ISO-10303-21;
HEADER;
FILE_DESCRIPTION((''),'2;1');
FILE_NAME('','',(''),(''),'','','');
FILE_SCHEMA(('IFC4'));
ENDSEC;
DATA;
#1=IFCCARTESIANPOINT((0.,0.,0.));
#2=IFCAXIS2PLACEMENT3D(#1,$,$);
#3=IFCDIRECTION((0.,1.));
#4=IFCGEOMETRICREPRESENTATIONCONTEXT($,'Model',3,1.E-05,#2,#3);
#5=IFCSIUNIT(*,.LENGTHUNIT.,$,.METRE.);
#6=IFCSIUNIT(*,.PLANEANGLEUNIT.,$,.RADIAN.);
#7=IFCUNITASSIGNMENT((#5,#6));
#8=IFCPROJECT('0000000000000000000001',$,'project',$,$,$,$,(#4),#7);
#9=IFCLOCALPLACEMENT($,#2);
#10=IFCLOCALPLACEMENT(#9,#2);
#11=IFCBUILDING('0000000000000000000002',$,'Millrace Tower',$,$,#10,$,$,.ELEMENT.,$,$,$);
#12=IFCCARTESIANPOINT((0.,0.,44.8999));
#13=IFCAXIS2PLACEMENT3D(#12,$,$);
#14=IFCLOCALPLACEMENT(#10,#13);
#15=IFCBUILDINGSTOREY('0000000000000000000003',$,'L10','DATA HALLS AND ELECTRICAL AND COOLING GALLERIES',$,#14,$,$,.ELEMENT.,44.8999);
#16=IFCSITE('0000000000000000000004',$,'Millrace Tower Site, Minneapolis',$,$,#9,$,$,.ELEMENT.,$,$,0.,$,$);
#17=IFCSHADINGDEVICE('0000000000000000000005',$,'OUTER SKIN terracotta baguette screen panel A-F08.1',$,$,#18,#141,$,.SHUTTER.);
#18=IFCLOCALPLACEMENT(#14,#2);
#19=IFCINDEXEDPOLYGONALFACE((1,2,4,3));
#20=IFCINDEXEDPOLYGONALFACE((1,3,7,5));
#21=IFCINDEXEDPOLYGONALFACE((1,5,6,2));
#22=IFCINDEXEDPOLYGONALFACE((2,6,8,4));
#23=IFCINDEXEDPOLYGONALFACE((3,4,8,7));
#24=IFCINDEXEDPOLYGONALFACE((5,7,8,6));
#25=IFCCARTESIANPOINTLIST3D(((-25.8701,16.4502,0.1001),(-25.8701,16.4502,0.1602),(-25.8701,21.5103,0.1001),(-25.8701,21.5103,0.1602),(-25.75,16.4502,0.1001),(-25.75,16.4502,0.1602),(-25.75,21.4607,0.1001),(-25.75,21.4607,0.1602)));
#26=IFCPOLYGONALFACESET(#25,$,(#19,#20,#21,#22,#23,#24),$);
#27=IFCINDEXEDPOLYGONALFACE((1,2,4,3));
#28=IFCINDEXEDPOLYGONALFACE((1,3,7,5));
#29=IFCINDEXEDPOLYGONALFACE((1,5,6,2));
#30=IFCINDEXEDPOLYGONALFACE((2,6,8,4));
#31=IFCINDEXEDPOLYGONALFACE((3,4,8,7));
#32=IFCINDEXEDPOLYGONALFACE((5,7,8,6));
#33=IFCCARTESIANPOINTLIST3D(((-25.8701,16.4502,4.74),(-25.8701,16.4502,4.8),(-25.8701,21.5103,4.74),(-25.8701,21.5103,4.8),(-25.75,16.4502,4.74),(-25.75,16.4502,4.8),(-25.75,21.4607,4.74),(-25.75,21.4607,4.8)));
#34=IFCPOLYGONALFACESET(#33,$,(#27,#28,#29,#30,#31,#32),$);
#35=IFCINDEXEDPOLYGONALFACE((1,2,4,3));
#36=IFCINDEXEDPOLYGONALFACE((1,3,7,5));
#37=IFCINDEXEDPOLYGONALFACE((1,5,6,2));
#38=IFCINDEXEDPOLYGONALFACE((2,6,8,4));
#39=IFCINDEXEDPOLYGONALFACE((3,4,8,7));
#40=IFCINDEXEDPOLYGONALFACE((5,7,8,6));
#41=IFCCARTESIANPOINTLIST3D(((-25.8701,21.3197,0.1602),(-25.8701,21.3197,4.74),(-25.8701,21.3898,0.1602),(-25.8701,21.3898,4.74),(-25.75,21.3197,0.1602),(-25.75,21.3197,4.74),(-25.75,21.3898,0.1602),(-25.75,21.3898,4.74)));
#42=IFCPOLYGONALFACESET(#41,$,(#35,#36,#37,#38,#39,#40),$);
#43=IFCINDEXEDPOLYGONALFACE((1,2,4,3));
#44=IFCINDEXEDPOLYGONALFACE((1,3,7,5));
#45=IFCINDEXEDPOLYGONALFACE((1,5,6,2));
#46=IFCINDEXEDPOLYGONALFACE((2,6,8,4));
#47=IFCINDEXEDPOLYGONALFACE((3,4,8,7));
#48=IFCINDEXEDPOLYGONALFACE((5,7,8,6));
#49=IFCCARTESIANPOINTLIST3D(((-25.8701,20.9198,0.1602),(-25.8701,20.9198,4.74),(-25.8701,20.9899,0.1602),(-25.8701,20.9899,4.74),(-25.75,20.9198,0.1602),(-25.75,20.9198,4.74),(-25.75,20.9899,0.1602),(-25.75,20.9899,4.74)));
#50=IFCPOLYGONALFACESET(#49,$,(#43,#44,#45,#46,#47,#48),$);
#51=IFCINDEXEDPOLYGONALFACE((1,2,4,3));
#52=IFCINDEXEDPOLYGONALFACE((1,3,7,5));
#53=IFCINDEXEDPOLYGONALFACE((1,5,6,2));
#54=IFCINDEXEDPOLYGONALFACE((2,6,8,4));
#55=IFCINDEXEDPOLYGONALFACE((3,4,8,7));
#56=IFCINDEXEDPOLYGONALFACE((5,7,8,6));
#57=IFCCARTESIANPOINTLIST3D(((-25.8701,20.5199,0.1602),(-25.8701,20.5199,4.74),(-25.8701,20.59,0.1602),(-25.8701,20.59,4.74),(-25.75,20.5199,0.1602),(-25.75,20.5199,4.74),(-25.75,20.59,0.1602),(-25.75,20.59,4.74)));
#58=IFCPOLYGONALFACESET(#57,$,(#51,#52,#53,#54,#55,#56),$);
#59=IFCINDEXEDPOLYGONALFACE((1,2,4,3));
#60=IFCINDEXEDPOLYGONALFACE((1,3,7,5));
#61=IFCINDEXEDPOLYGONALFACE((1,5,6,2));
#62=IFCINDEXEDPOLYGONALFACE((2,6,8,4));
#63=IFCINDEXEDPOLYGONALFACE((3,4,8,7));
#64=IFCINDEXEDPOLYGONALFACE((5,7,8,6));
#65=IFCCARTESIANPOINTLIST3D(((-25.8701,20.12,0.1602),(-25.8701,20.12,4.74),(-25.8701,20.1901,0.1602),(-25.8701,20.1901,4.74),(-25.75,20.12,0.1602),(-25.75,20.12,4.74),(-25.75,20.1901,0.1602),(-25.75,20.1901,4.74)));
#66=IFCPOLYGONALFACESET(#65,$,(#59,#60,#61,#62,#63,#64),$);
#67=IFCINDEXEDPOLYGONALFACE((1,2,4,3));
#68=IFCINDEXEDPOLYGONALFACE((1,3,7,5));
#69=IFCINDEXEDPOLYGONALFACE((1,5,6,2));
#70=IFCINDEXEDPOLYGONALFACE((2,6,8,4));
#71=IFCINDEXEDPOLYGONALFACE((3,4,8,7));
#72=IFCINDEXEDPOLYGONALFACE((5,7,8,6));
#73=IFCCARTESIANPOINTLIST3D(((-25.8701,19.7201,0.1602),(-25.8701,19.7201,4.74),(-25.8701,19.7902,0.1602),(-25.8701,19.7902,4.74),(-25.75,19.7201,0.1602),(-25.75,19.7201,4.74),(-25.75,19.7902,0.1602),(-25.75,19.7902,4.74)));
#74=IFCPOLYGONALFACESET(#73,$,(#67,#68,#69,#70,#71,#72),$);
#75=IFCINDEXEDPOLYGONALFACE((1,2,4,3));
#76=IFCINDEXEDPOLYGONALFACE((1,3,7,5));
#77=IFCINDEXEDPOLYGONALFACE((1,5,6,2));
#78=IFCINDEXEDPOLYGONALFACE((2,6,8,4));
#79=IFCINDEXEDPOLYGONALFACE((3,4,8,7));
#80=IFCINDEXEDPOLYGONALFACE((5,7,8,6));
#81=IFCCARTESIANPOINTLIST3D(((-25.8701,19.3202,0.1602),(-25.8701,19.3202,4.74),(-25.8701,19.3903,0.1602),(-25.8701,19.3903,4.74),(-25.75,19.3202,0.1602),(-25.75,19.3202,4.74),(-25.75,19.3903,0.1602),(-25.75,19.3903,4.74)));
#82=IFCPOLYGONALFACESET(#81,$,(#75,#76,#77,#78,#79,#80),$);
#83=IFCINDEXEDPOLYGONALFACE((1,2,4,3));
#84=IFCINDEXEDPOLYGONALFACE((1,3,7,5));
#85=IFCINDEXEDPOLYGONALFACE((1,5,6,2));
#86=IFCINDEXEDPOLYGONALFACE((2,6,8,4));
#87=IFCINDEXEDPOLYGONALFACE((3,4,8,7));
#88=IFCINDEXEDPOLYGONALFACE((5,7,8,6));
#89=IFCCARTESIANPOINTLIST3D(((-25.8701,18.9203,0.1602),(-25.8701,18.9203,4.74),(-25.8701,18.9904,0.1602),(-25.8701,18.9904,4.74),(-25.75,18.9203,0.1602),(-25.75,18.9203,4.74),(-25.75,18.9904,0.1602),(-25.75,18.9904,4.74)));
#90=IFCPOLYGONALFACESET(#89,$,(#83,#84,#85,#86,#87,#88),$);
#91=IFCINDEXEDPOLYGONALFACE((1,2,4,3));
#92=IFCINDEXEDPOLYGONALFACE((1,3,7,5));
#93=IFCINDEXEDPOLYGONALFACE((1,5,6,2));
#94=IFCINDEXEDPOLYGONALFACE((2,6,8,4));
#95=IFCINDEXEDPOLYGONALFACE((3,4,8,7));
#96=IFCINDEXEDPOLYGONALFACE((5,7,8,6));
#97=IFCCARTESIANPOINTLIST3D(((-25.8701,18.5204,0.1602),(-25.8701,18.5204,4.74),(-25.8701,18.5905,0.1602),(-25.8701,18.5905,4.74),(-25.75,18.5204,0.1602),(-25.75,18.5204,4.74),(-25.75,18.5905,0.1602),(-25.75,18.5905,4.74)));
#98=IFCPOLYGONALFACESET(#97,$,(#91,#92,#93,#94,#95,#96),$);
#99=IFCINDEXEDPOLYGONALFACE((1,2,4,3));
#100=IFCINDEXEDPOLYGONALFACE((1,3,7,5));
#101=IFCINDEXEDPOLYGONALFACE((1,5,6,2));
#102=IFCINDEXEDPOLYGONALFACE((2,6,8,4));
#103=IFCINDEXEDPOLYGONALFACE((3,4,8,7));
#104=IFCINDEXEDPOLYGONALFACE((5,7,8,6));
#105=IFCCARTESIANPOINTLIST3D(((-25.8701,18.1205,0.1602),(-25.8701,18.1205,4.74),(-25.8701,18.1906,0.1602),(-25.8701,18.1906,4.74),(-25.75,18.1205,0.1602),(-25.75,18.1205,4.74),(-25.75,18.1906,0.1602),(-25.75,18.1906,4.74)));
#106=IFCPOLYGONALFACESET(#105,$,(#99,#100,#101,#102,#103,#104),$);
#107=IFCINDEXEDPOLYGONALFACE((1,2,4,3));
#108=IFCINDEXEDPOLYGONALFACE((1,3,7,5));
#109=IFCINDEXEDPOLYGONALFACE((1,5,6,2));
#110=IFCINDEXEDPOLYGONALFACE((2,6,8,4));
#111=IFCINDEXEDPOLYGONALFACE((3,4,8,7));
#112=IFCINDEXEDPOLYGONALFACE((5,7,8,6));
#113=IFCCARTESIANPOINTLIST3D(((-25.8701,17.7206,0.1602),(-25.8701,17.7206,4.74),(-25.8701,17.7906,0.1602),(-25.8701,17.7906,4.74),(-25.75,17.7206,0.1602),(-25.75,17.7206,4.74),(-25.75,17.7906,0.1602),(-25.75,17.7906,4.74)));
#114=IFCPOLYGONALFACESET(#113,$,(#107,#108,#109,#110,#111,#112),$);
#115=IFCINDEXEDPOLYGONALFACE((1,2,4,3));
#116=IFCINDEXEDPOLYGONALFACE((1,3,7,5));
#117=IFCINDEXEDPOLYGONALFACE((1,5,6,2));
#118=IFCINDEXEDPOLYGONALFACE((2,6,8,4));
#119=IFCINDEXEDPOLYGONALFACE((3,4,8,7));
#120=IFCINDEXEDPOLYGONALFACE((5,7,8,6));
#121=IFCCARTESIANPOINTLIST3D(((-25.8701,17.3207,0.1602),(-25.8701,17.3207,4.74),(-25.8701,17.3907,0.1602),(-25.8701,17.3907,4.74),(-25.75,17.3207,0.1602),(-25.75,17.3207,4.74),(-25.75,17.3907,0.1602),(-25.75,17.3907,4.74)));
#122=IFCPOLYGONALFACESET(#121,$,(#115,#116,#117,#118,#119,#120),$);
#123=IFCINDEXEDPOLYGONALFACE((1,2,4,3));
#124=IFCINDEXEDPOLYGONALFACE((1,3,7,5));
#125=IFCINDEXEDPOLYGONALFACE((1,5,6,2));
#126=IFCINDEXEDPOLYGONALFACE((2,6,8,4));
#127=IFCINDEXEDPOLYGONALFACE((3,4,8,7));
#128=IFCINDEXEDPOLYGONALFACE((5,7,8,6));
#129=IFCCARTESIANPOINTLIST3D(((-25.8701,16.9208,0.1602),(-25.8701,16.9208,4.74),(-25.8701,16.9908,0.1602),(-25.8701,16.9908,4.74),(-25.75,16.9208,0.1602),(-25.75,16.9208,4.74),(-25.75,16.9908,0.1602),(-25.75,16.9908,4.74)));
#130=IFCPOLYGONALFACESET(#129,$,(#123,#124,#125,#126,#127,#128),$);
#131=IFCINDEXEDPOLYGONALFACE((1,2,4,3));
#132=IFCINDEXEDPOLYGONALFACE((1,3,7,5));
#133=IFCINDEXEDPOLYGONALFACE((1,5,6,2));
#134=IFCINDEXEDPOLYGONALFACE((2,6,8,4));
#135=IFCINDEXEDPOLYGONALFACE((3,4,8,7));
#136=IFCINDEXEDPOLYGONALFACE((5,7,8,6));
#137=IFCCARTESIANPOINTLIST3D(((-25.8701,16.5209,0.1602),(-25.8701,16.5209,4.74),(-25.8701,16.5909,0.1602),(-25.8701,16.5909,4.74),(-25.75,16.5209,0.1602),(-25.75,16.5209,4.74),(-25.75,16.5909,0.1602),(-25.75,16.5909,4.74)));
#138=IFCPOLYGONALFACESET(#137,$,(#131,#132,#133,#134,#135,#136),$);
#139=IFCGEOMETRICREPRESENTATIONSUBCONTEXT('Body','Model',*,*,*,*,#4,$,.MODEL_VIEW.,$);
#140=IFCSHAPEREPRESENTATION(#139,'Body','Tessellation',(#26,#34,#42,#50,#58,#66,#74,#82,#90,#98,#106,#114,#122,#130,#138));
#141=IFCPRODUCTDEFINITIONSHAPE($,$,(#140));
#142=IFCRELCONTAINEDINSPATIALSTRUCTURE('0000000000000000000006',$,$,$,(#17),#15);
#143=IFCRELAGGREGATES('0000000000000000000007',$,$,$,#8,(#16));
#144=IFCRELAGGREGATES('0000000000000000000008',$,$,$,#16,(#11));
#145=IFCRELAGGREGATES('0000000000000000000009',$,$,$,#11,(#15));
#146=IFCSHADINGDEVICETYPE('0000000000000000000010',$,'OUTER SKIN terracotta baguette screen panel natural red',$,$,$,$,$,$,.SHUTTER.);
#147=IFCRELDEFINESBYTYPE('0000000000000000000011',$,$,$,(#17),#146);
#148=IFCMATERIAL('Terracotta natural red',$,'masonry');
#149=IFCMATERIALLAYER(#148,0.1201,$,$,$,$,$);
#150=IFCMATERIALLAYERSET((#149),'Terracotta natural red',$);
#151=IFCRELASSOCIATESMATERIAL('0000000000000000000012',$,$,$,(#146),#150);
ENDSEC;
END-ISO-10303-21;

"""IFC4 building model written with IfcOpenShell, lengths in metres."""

from ifc_helpers import new_model, entity, si_unit, direction, frame, frame_2d, origin, place, context, subcontext, project, spatial, rectangle, extrude, source, transform, mapped, material, layer, layer_set, type_object, element, save


model = new_model("IFC4")

# Units and contexts
model_context = context("Model", 3, precision=1e-05, world=origin(), true_north=direction((0.0, 1.0)))
body_context = subcontext(model_context, "Body", "Model", "MODEL_VIEW")
ifc_project = project(units=[si_unit("LENGTHUNIT", "METRE"), si_unit("PLANEANGLEUNIT", "RADIAN")], contexts=[model_context])

# Site, building, storey
site_placement = place(None, origin())
site = spatial("IfcSite", under=ifc_project, at=site_placement, Name="Millrace Tower Site, Minneapolis", CompositionType="ELEMENT", RefElevation=0.0)
building_placement = place(site_placement, origin())
building = spatial("IfcBuilding", under=site, at=building_placement, Name="Millrace Tower", CompositionType="ELEMENT")
storey_placement = place(building_placement, frame((0.0, 0.0, 44.8999)))
storey = spatial("IfcBuildingStorey", under=building, at=storey_placement, Name="L10", Description="DATA HALLS AND ELECTRICAL AND COOLING GALLERIES", CompositionType="ELEMENT", Elevation=44.8999)

# Shading device
ifc_material_1 = material(Name="Terracotta natural red", Category="masonry")
ifc_layer_1 = layer(ifc_material_1, 0.1201)
ifc_layer_set_1 = layer_set([ifc_layer_1], Name="Terracotta natural red")
shading_device_type_1 = type_object("IfcShadingDeviceType", Name="OUTER SKIN terracotta baguette screen panel natural red", PredefinedType="SHUTTER", material=ifc_layer_set_1)
cartesian_point_1 = entity("IfcCartesianPoint", [-2.4929, 0.0601])
shared_polyline_1 = entity("IfcPolyline", [cartesian_point_1, entity("IfcCartesianPoint", [2.5176, 0.0601]), entity("IfcCartesianPoint", [2.5176, -0.0601]), entity("IfcCartesianPoint", [-2.5425, -0.0601]), cartesian_point_1])
shared_shape_1 = source(origin(), body_context, "Body", "SweptSolid", [
    entity("IfcExtrudedAreaSolid", entity("IfcArbitraryClosedProfileDef", "AREA", None, shared_polyline_1), entity("IfcAxis2Placement3D", entity("IfcCartesianPoint", [0.0, 0.0, 0.0])), entity("IfcDirection", [0.0, 0.0, 1.0]), 0.0601),
    entity("IfcExtrudedAreaSolid", entity("IfcArbitraryClosedProfileDef", "AREA", None, shared_polyline_1), entity("IfcAxis2Placement3D", entity("IfcCartesianPoint", [0.0, 0.0, 4.6399])), entity("IfcDirection", [0.0, 0.0, 1.0]), 0.0601),
    extrude(rectangle(XDim=0.0701, YDim=0.1201, at=frame_2d((-2.387, 0.0))), frame((0.0, 0.0, 0.0601)), (0.0, 0.0, 1.0), 4.5798),
    extrude(rectangle(XDim=0.0701, YDim=0.1201, at=frame_2d((-1.9871, 0.0))), frame((0.0, 0.0, 0.0601)), (0.0, 0.0, 1.0), 4.5798),
    extrude(rectangle(XDim=0.0701, YDim=0.1201, at=frame_2d((-1.5872, 0.0))), frame((0.0, 0.0, 0.0601)), (0.0, 0.0, 1.0), 4.5798),
    extrude(rectangle(XDim=0.0701, YDim=0.1201, at=frame_2d((-1.1873, 0.0))), frame((0.0, 0.0, 0.0601)), (0.0, 0.0, 1.0), 4.5798),
    extrude(rectangle(XDim=0.0701, YDim=0.1201, at=frame_2d((-0.7874, 0.0))), frame((0.0, 0.0, 0.0601)), (0.0, 0.0, 1.0), 4.5798),
    extrude(rectangle(XDim=0.0701, YDim=0.1201, at=frame_2d((-0.3875, 0.0))), frame((0.0, 0.0, 0.0601)), (0.0, 0.0, 1.0), 4.5798),
    extrude(rectangle(XDim=0.0701, YDim=0.1201, at=frame_2d((0.0125, 0.0))), frame((0.0, 0.0, 0.0601)), (0.0, 0.0, 1.0), 4.5798),
    extrude(rectangle(XDim=0.0701, YDim=0.1201, at=frame_2d((0.4124, 0.0))), frame((0.0, 0.0, 0.0601)), (0.0, 0.0, 1.0), 4.5798),
    extrude(rectangle(XDim=0.0701, YDim=0.1201, at=frame_2d((0.8123, 0.0))), frame((0.0, 0.0, 0.0601)), (0.0, 0.0, 1.0), 4.5798),
    extrude(rectangle(XDim=0.0701, YDim=0.1201, at=frame_2d((1.2122, 0.0))), frame((0.0, 0.0, 0.0601)), (0.0, 0.0, 1.0), 4.5798),
    extrude(rectangle(XDim=0.0701, YDim=0.1201, at=frame_2d((1.6121, 0.0))), frame((0.0, 0.0, 0.0601)), (0.0, 0.0, 1.0), 4.5798),
    extrude(rectangle(XDim=0.0701, YDim=0.1201, at=frame_2d((2.012, 0.0))), frame((0.0, 0.0, 0.0601)), (0.0, 0.0, 1.0), 4.5798),
    extrude(rectangle(XDim=0.0701, YDim=0.1201, at=frame_2d((2.4119, 0.0))), frame((0.0, 0.0, 0.0601)), (0.0, 0.0, 1.0), 4.5798),
])
shading_device_1_placement = place(storey_placement, frame((-25.8101, 18.9678, 0.1001), z_axis=(0.0, 0.0, 1.0), x_axis=(0.0, -1.0, 0.0)))
element("IfcShadingDevice", 1, at=shading_device_1_placement, inside=storey, type_object=shading_device_type_1, Name="OUTER SKIN terracotta baguette screen panel A-F08.1", PredefinedType="SHUTTER", context=body_context, shape_type="MappedRepresentation", body=[
    mapped(shared_shape_1, transform((0.0, 0.0, 0.0), scale=1.0)),
])

save(model, "model.ifc")
